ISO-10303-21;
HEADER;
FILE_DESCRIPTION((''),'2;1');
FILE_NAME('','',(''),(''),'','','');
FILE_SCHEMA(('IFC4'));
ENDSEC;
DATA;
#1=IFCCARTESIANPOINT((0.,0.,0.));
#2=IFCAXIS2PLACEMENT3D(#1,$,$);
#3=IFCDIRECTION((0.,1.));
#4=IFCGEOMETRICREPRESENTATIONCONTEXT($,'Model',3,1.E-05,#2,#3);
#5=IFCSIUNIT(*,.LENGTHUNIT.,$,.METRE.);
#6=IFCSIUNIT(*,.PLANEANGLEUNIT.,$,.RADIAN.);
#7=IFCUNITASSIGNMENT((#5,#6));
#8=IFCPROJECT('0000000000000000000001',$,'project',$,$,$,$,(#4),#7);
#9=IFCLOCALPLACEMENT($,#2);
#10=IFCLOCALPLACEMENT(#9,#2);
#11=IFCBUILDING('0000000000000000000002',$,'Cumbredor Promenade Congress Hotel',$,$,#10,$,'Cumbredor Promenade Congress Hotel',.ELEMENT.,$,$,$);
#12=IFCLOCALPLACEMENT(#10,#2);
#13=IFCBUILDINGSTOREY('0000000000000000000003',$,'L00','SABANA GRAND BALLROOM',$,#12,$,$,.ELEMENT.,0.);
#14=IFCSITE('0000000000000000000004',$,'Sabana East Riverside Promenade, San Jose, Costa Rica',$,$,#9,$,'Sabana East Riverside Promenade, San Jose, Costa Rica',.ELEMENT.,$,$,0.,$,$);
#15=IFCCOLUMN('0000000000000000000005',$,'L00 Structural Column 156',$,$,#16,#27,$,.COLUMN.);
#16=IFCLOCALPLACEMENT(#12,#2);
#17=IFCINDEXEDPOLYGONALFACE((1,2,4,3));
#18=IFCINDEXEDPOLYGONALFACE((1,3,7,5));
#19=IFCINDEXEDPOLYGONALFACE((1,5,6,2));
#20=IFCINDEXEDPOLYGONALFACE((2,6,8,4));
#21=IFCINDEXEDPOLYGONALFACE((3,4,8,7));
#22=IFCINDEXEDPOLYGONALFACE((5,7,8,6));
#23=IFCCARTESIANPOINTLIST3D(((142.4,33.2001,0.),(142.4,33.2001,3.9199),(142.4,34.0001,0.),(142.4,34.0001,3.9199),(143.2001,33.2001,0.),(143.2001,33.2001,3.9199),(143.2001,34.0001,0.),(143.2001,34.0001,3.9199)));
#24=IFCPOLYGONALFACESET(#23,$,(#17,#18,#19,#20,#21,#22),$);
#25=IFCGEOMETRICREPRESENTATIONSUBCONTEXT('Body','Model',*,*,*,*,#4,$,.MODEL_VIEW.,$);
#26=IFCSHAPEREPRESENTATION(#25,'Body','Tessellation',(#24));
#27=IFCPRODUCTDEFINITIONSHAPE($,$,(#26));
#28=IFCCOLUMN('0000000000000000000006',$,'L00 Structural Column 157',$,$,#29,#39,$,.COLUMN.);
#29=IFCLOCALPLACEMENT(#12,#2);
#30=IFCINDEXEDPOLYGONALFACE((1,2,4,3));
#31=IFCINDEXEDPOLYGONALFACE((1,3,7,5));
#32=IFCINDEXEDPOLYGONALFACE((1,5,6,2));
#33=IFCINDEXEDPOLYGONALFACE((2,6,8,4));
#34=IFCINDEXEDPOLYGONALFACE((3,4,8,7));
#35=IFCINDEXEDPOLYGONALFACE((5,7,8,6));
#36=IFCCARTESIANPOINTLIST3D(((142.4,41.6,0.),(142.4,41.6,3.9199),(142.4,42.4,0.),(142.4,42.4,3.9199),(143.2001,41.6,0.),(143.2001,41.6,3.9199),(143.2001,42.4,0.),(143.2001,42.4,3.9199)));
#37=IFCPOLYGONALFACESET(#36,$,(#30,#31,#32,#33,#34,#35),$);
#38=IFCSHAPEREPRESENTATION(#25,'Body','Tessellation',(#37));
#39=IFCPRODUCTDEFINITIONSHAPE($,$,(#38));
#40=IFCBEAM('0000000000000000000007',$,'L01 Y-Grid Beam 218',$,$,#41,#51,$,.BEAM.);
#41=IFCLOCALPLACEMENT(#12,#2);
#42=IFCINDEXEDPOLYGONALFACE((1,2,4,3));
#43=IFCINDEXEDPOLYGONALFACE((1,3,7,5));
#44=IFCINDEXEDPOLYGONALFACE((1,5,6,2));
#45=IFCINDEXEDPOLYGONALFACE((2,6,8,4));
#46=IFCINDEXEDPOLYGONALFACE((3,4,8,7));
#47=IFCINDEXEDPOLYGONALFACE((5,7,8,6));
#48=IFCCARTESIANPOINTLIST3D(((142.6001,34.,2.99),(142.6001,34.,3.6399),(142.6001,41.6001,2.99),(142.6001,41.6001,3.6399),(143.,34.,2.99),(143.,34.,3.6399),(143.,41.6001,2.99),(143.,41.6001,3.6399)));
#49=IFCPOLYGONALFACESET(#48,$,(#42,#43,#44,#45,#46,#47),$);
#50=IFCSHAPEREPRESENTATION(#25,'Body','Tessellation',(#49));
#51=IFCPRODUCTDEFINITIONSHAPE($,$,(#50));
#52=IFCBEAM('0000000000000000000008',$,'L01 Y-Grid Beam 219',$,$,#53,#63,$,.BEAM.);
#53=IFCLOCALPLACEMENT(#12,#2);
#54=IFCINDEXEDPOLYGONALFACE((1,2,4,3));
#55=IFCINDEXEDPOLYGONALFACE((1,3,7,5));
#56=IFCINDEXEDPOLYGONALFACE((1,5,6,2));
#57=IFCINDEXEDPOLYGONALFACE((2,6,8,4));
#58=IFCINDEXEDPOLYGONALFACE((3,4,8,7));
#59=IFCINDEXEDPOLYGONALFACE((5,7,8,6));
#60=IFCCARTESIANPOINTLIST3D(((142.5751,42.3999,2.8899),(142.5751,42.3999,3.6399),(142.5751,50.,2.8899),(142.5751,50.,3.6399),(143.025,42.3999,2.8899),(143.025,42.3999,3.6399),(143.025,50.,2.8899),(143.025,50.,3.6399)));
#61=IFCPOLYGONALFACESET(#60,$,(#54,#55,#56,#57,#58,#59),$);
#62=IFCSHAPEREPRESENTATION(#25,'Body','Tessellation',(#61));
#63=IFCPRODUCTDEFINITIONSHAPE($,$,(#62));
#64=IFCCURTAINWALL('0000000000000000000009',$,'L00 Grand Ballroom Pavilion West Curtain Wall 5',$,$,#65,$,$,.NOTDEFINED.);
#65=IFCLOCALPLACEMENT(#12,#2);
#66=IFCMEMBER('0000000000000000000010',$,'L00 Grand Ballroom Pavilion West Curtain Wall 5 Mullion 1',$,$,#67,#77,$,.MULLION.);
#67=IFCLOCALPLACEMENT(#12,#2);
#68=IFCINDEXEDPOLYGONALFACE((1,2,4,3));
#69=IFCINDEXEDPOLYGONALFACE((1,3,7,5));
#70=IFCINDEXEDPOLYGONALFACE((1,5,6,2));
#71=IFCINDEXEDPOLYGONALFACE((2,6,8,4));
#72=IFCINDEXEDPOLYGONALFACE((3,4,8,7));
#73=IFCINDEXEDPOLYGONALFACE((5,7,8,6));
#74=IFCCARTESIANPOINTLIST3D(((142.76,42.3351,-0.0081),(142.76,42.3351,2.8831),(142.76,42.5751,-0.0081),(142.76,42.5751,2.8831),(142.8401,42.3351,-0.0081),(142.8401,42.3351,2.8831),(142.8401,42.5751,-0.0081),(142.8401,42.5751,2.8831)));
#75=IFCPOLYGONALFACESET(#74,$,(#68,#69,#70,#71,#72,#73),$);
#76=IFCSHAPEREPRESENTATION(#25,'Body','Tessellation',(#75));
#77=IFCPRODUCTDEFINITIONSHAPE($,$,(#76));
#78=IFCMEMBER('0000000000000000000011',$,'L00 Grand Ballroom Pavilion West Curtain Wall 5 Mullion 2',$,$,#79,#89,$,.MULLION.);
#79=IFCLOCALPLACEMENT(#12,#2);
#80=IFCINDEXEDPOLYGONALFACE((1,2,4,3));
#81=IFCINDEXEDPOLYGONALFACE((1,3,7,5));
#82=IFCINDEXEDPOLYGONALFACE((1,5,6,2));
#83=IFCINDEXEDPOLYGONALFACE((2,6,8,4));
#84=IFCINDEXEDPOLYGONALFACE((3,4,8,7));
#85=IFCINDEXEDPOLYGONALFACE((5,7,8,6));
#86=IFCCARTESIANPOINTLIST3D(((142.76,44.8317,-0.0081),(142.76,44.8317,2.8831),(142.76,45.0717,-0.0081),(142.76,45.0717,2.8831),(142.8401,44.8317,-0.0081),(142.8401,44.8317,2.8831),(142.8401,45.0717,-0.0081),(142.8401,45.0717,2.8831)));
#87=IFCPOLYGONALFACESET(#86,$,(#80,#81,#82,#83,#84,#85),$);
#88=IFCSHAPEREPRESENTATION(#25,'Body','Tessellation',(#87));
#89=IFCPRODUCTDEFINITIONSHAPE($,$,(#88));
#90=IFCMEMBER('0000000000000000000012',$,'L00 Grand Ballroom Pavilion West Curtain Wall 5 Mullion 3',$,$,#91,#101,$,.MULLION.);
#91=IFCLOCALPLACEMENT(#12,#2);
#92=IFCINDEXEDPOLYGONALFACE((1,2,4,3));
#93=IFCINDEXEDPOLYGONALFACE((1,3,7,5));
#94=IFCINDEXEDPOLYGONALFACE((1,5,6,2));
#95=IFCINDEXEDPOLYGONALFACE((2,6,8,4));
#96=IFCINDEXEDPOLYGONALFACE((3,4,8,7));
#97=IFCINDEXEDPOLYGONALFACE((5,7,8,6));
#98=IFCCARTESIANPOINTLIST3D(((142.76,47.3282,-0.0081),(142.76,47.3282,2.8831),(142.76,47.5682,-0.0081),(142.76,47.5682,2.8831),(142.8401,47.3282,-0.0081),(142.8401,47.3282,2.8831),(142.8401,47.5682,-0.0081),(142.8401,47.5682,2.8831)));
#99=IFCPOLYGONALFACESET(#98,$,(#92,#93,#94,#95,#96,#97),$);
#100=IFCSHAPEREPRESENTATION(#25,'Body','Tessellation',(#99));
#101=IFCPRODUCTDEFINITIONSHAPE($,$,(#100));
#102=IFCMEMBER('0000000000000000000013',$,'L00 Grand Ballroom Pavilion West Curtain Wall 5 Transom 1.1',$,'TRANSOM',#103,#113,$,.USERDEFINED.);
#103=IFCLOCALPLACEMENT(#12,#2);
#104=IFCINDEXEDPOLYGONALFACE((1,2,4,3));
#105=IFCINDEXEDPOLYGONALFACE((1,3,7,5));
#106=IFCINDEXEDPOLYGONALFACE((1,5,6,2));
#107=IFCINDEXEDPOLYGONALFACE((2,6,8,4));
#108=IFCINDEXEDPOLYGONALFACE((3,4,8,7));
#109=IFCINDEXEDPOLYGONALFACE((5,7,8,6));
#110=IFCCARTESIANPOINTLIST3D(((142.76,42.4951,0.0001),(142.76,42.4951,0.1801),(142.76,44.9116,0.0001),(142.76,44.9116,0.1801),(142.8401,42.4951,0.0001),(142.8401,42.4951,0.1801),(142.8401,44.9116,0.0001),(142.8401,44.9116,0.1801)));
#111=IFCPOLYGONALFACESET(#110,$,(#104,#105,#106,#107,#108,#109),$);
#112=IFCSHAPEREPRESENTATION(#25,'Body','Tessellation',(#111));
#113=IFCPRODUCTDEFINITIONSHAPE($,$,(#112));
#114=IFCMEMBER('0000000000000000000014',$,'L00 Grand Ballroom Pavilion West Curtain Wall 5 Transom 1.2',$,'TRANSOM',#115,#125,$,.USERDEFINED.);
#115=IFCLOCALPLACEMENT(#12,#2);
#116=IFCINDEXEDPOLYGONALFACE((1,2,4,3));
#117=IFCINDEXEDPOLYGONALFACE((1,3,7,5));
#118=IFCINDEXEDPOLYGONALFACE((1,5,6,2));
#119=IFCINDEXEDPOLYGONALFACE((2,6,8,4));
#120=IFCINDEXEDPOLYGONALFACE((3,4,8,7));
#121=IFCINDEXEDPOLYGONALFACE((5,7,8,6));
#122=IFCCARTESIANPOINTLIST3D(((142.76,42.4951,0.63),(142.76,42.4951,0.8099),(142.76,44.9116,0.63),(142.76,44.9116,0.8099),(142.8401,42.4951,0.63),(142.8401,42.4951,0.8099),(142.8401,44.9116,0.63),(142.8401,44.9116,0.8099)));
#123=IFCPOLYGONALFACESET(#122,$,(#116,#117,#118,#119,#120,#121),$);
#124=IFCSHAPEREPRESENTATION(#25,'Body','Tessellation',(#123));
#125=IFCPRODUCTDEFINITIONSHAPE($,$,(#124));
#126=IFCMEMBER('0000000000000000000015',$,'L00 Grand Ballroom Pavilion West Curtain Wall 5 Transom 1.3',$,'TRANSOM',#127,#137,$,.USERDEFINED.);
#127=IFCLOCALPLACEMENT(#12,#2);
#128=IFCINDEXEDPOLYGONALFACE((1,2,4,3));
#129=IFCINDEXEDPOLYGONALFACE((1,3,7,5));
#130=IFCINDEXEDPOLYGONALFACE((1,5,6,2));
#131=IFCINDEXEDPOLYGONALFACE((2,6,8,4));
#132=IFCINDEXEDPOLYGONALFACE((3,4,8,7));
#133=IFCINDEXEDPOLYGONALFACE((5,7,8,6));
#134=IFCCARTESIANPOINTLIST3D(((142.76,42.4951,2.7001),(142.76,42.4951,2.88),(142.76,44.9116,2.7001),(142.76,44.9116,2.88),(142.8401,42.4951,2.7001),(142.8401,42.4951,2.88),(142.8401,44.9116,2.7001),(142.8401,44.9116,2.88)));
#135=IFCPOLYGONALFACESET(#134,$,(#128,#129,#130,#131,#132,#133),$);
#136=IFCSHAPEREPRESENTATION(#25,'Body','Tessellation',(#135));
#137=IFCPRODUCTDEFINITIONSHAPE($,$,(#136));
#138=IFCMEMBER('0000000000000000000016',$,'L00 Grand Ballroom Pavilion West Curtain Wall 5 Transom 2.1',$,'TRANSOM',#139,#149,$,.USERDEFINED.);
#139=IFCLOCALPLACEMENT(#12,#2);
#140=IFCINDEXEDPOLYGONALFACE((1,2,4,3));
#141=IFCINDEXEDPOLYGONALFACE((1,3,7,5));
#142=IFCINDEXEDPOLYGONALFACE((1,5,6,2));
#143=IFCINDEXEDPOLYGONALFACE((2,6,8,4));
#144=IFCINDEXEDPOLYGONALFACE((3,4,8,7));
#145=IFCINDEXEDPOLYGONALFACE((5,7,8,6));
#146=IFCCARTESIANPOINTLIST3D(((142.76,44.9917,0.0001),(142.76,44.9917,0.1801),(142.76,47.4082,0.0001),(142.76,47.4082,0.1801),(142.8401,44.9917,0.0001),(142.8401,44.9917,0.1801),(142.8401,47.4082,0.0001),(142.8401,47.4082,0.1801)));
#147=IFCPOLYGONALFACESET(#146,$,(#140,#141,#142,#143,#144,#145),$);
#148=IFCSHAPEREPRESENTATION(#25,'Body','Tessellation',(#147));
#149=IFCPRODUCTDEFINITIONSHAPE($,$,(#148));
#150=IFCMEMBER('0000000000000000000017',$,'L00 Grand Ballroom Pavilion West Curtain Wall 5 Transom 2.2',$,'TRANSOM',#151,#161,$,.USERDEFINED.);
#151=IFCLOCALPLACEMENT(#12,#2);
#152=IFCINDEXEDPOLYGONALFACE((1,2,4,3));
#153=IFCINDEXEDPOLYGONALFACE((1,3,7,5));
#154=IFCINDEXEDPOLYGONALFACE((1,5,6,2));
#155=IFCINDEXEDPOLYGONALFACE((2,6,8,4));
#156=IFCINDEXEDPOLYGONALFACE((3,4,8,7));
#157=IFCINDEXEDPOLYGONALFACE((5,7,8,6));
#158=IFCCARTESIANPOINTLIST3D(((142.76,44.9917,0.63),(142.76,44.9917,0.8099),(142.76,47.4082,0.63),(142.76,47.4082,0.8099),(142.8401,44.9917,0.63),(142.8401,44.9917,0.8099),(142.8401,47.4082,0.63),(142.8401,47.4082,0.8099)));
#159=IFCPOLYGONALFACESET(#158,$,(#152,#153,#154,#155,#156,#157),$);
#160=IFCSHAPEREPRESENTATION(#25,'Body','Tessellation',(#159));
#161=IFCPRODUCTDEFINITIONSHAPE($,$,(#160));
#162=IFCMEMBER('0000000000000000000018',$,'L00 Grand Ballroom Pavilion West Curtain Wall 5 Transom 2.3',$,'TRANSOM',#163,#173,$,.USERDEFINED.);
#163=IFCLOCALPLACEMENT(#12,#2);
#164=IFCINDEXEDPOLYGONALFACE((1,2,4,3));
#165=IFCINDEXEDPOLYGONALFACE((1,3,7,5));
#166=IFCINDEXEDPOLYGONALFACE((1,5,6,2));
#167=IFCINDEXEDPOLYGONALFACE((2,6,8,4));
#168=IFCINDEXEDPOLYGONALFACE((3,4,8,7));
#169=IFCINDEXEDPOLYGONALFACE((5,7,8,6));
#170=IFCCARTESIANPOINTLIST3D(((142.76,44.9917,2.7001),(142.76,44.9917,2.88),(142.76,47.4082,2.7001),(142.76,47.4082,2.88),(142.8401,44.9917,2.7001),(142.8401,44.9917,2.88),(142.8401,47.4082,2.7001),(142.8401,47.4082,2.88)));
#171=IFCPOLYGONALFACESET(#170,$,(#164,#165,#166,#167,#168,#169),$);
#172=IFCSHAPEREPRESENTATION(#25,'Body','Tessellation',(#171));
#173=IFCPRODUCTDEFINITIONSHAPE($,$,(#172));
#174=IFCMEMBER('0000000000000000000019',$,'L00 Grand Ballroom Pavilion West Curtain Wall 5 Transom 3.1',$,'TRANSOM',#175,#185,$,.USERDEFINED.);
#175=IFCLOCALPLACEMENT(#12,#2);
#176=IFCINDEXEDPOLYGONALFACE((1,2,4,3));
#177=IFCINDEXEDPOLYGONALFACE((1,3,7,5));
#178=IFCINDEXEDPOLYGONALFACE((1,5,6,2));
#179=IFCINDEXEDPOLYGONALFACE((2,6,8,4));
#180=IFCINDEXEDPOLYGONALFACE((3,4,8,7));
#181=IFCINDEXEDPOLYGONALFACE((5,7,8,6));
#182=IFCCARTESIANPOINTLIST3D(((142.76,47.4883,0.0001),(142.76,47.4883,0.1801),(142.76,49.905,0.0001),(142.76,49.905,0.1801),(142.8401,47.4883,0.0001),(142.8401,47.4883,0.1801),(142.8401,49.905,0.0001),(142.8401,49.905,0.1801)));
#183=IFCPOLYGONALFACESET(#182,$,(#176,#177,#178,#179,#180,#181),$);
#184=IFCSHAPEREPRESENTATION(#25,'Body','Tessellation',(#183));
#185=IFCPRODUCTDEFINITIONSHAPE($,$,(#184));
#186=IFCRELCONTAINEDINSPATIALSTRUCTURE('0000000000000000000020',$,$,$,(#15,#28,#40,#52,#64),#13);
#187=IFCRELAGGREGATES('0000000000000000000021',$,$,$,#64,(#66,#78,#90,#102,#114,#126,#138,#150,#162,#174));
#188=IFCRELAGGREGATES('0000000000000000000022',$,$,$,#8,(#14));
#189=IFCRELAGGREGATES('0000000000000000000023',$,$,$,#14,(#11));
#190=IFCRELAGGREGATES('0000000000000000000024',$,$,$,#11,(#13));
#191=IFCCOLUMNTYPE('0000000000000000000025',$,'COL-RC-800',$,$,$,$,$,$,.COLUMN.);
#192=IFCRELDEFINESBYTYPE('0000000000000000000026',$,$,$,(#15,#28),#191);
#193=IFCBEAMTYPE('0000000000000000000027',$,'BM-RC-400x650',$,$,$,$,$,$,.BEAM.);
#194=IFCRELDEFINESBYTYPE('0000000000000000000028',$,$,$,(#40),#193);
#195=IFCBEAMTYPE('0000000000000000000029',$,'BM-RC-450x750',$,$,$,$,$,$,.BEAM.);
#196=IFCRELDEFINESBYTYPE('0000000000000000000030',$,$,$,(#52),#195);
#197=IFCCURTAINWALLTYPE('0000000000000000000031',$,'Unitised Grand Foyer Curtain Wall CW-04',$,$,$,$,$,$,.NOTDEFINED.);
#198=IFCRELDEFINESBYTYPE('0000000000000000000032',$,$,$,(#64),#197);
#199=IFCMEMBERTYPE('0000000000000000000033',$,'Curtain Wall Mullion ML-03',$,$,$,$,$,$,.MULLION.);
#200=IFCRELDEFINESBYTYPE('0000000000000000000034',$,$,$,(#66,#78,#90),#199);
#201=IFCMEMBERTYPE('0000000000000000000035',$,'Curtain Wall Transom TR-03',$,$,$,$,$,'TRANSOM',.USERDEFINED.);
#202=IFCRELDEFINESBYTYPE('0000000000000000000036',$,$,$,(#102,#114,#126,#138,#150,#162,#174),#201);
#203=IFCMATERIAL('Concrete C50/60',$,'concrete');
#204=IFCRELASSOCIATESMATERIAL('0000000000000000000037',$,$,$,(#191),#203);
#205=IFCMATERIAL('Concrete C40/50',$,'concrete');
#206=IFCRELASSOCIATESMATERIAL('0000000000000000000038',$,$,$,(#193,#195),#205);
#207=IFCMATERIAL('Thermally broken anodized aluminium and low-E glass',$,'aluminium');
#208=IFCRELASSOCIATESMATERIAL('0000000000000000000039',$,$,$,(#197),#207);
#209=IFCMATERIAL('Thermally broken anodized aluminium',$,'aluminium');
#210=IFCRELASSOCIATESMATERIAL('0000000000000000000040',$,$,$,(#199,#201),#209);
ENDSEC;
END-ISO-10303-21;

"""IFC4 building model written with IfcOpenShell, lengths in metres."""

from ifc_helpers import new_model, si_unit, direction, frame, origin, origin_2d, place, context, subcontext, project, spatial, rectangle, extrude, material, material_profile, profile_set, type_object, element, aggregate, save


model = new_model("IFC4")

# Units and contexts
model_context = context("Model", 3, precision=1e-05, world=origin(), true_north=direction((0.0, 1.0)))
body_context = subcontext(model_context, "Body", "Model", "MODEL_VIEW")
ifc_project = project(units=[si_unit("LENGTHUNIT", "METRE"), si_unit("PLANEANGLEUNIT", "RADIAN")], contexts=[model_context])

# Site, building, storey
site_placement = place(None, origin())
site = spatial("IfcSite", under=ifc_project, at=site_placement, Name="Sabana East Riverside Promenade, San Jose, Costa Rica", LongName="Sabana East Riverside Promenade, San Jose, Costa Rica", CompositionType="ELEMENT", RefElevation=0.0)
building_placement = place(site_placement, origin())
building = spatial("IfcBuilding", under=site, at=building_placement, Name="Cumbredor Promenade Congress Hotel", LongName="Cumbredor Promenade Congress Hotel", CompositionType="ELEMENT")
storey_placement = place(building_placement, origin())
storey = spatial("IfcBuildingStorey", under=building, at=storey_placement, Name="L00", Description="SABANA GRAND BALLROOM", CompositionType="ELEMENT", Elevation=0.0)

# Columns
ifc_material_1 = material(Name="Concrete C50/60", Category="concrete")
ifc_material_profile_1 = material_profile(ifc_material_1, rectangle(XDim=0.8, YDim=0.8, at=origin_2d()), Name="RC 800x800")
ifc_profile_set_1 = profile_set([ifc_material_profile_1], Name="Concrete C50/60")
column_type = type_object("IfcColumnType", Name="COL-RC-800", PredefinedType="COLUMN", material=ifc_profile_set_1)
for number, where, z_axis, x_axis, name in (
    (1, (142.8, 33.6001, 0.0), (0.0, 0.0, 1.0), (1.0, 0.0, 0.0), "L00 Structural Column 156"),
    (2, (142.8, 42.0, 0.0), (0.0, 0.0, 1.0), (1.0, 0.0, 0.0), "L00 Structural Column 157"),
):
    element("IfcColumn", number, at=place(storey_placement, frame(where, z_axis=z_axis, x_axis=x_axis)), inside=storey, type_object=column_type, Name=name, PredefinedType="COLUMN", context=body_context, shape_type="SweptSolid", body=[
        extrude(rectangle(XDim=0.8, YDim=0.8, at=origin_2d()), origin(), (0.0, 0.0, 1.0), 3.9199),
    ])

# Beams
ifc_material_2 = material(Name="Concrete C40/50", Category="concrete")
ifc_material_profile_2 = material_profile(ifc_material_2, rectangle(XDim=0.3999, YDim=0.6499, at=origin_2d()), Name="RC BEAM 400x650")
ifc_profile_set_2 = profile_set([ifc_material_profile_2], Name="Concrete C40/50")
beam_type_1 = type_object("IfcBeamType", Name="BM-RC-400x650", PredefinedType="BEAM", material=ifc_profile_set_2)
beam_1_placement = place(storey_placement, frame((142.8, 34.0, 3.3149), z_axis=(0.0, 1.0, 0.0), x_axis=(-1.0, 0.0, 0.0)))
element("IfcBeam", 3, at=beam_1_placement, inside=storey, type_object=beam_type_1, Name="L01 Y-Grid Beam 218", PredefinedType="BEAM", context=body_context, shape_type="SweptSolid", body=[
    extrude(rectangle(XDim=0.3999, YDim=0.6499, at=origin_2d()), origin(), (0.0, 0.0, 1.0), 7.6001),
])
ifc_material_profile_3 = material_profile(ifc_material_2, rectangle(XDim=0.45, YDim=0.75, at=origin_2d()), Name="RC BEAM 450x750")
ifc_profile_set_3 = profile_set([ifc_material_profile_3], Name="Concrete C40/50")
beam_type_2 = type_object("IfcBeamType", Name="BM-RC-450x750", PredefinedType="BEAM", material=ifc_profile_set_3)
beam_2_placement = place(storey_placement, frame((142.8, 42.3999, 3.2649), z_axis=(0.0, 1.0, 0.0), x_axis=(-1.0, 0.0, 0.0)))
element("IfcBeam", 4, at=beam_2_placement, inside=storey, type_object=beam_type_2, Name="L01 Y-Grid Beam 219", PredefinedType="BEAM", context=body_context, shape_type="SweptSolid", body=[
    extrude(rectangle(XDim=0.45, YDim=0.75, at=origin_2d()), origin(), (0.0, 0.0, 1.0), 7.6001),
])

# Curtain wall, members
ifc_material_3 = material(Name="Thermally broken anodized aluminium and low-E glass", Category="aluminium")
curtain_wall_type = type_object("IfcCurtainWallType", Name="Unitised Grand Foyer Curtain Wall CW-04", PredefinedType="NOTDEFINED", material=ifc_material_3)
curtain_wall_placement = place(storey_placement, origin())
curtain_wall = element("IfcCurtainWall", 5, at=curtain_wall_placement, inside=storey, type_object=curtain_wall_type, Name="L00 Grand Ballroom Pavilion West Curtain Wall 5", PredefinedType="NOTDEFINED")
ifc_material_4 = material(Name="Thermally broken anodized aluminium", Category="aluminium")
ifc_material_profile_4 = material_profile(ifc_material_4, rectangle(XDim=0.0801, YDim=0.24, at=origin_2d()), Name="ALU MULLION 80x240")
ifc_profile_set_4 = profile_set([ifc_material_profile_4], Name="Thermally broken anodized aluminium")
member_type_1 = type_object("IfcMemberType", Name="Curtain Wall Mullion ML-03", PredefinedType="MULLION", material=ifc_profile_set_4)
member_1_placement = place(storey_placement, frame((142.8, 42.4551, -0.0081), z_axis=(0.0, 0.0, 1.0), x_axis=(1.0, 0.0, 0.0)))
member_1 = element("IfcMember", 6, at=member_1_placement, type_object=member_type_1, Name="L00 Grand Ballroom Pavilion West Curtain Wall 5 Mullion 1", PredefinedType="MULLION", context=body_context, shape_type="SweptSolid", body=[
    extrude(rectangle(XDim=0.0801, YDim=0.24, at=origin_2d()), origin(), (0.0, 0.0, 1.0), 2.8911),
])
member_2_placement = place(storey_placement, frame((142.8, 44.9517, -0.0081), z_axis=(0.0, 0.0, 1.0), x_axis=(1.0, 0.0, 0.0)))
member_2 = element("IfcMember", 7, at=member_2_placement, type_object=member_type_1, Name="L00 Grand Ballroom Pavilion West Curtain Wall 5 Mullion 2", PredefinedType="MULLION", context=body_context, shape_type="SweptSolid", body=[
    extrude(rectangle(XDim=0.0801, YDim=0.24, at=origin_2d()), origin(), (0.0, 0.0, 1.0), 2.8911),
])
member_3_placement = place(storey_placement, frame((142.8, 47.4482, -0.0081), z_axis=(0.0, 0.0, 1.0), x_axis=(1.0, 0.0, 0.0)))
member_3 = element("IfcMember", 8, at=member_3_placement, type_object=member_type_1, Name="L00 Grand Ballroom Pavilion West Curtain Wall 5 Mullion 3", PredefinedType="MULLION", context=body_context, shape_type="SweptSolid", body=[
    extrude(rectangle(XDim=0.0801, YDim=0.24, at=origin_2d()), origin(), (0.0, 0.0, 1.0), 2.8911),
])
ifc_material_profile_5 = material_profile(ifc_material_4, rectangle(XDim=0.0801, YDim=0.1799, at=origin_2d()), Name="ALU TRANSOM 80x180")
ifc_profile_set_5 = profile_set([ifc_material_profile_5], Name="Thermally broken anodized aluminium")
member_type_2 = type_object("IfcMemberType", Name="Curtain Wall Transom TR-03", ElementType="TRANSOM", PredefinedType="USERDEFINED", material=ifc_profile_set_5)
member_4_placement = place(storey_placement, frame((142.8, 42.4951, 0.0901), z_axis=(0.0, 1.0, 0.0), x_axis=(-1.0, 0.0, 0.0)))
member_4 = element("IfcMember", 9, at=member_4_placement, type_object=member_type_2, Name="L00 Grand Ballroom Pavilion West Curtain Wall 5 Transom 1.1", ObjectType="TRANSOM", PredefinedType="USERDEFINED", context=body_context, shape_type="SweptSolid", body=[
    extrude(rectangle(XDim=0.0801, YDim=0.1799, at=origin_2d()), origin(), (0.0, 0.0, 1.0), 2.4165),
])
member_5_placement = place(storey_placement, frame((142.8, 42.4951, 0.72), z_axis=(0.0, 1.0, 0.0), x_axis=(-1.0, 0.0, 0.0)))
member_5 = element("IfcMember", 10, at=member_5_placement, type_object=member_type_2, Name="L00 Grand Ballroom Pavilion West Curtain Wall 5 Transom 1.2", ObjectType="TRANSOM", PredefinedType="USERDEFINED", context=body_context, shape_type="SweptSolid", body=[
    extrude(rectangle(XDim=0.0801, YDim=0.1799, at=origin_2d()), origin(), (0.0, 0.0, 1.0), 2.4165),
])
member_6_placement = place(storey_placement, frame((142.8, 42.4951, 2.79), z_axis=(0.0, 1.0, 0.0), x_axis=(-1.0, 0.0, 0.0)))
member_6 = element("IfcMember", 11, at=member_6_placement, type_object=member_type_2, Name="L00 Grand Ballroom Pavilion West Curtain Wall 5 Transom 1.3", ObjectType="TRANSOM", PredefinedType="USERDEFINED", context=body_context, shape_type="SweptSolid", body=[
    extrude(rectangle(XDim=0.0801, YDim=0.1799, at=origin_2d()), origin(), (0.0, 0.0, 1.0), 2.4165),
])
member_7_placement = place(storey_placement, frame((142.8, 44.9917, 0.0901), z_axis=(0.0, 1.0, 0.0), x_axis=(-1.0, 0.0, 0.0)))
member_7 = element("IfcMember", 12, at=member_7_placement, type_object=member_type_2, Name="L00 Grand Ballroom Pavilion West Curtain Wall 5 Transom 2.1", ObjectType="TRANSOM", PredefinedType="USERDEFINED", context=body_context, shape_type="SweptSolid", body=[
    extrude(rectangle(XDim=0.0801, YDim=0.1799, at=origin_2d()), origin(), (0.0, 0.0, 1.0), 2.4165),
])
member_8_placement = place(storey_placement, frame((142.8, 44.9917, 0.72), z_axis=(0.0, 1.0, 0.0), x_axis=(-1.0, 0.0, 0.0)))
member_8 = element("IfcMember", 13, at=member_8_placement, type_object=member_type_2, Name="L00 Grand Ballroom Pavilion West Curtain Wall 5 Transom 2.2", ObjectType="TRANSOM", PredefinedType="USERDEFINED", context=body_context, shape_type="SweptSolid", body=[
    extrude(rectangle(XDim=0.0801, YDim=0.1799, at=origin_2d()), origin(), (0.0, 0.0, 1.0), 2.4165),
])
member_9_placement = place(storey_placement, frame((142.8, 44.9917, 2.79), z_axis=(0.0, 1.0, 0.0), x_axis=(-1.0, 0.0, 0.0)))
member_9 = element("IfcMember", 14, at=member_9_placement, type_object=member_type_2, Name="L00 Grand Ballroom Pavilion West Curtain Wall 5 Transom 2.3", ObjectType="TRANSOM", PredefinedType="USERDEFINED", context=body_context, shape_type="SweptSolid", body=[
    extrude(rectangle(XDim=0.0801, YDim=0.1799, at=origin_2d()), origin(), (0.0, 0.0, 1.0), 2.4165),
])
member_10_placement = place(storey_placement, frame((142.8, 47.4883, 0.0901), z_axis=(0.0, 1.0, 0.0), x_axis=(-1.0, 0.0, 0.0)))
member_10 = element("IfcMember", 15, at=member_10_placement, type_object=member_type_2, Name="L00 Grand Ballroom Pavilion West Curtain Wall 5 Transom 3.1", ObjectType="TRANSOM", PredefinedType="USERDEFINED", context=body_context, shape_type="SweptSolid", body=[
    extrude(rectangle(XDim=0.0801, YDim=0.1799, at=origin_2d()), origin(), (0.0, 0.0, 1.0), 2.4167),
])
aggregate(curtain_wall, [member_1, member_2, member_3, member_4, member_5, member_6, member_7, member_8, member_9, member_10])

save(model, "model.ifc")
